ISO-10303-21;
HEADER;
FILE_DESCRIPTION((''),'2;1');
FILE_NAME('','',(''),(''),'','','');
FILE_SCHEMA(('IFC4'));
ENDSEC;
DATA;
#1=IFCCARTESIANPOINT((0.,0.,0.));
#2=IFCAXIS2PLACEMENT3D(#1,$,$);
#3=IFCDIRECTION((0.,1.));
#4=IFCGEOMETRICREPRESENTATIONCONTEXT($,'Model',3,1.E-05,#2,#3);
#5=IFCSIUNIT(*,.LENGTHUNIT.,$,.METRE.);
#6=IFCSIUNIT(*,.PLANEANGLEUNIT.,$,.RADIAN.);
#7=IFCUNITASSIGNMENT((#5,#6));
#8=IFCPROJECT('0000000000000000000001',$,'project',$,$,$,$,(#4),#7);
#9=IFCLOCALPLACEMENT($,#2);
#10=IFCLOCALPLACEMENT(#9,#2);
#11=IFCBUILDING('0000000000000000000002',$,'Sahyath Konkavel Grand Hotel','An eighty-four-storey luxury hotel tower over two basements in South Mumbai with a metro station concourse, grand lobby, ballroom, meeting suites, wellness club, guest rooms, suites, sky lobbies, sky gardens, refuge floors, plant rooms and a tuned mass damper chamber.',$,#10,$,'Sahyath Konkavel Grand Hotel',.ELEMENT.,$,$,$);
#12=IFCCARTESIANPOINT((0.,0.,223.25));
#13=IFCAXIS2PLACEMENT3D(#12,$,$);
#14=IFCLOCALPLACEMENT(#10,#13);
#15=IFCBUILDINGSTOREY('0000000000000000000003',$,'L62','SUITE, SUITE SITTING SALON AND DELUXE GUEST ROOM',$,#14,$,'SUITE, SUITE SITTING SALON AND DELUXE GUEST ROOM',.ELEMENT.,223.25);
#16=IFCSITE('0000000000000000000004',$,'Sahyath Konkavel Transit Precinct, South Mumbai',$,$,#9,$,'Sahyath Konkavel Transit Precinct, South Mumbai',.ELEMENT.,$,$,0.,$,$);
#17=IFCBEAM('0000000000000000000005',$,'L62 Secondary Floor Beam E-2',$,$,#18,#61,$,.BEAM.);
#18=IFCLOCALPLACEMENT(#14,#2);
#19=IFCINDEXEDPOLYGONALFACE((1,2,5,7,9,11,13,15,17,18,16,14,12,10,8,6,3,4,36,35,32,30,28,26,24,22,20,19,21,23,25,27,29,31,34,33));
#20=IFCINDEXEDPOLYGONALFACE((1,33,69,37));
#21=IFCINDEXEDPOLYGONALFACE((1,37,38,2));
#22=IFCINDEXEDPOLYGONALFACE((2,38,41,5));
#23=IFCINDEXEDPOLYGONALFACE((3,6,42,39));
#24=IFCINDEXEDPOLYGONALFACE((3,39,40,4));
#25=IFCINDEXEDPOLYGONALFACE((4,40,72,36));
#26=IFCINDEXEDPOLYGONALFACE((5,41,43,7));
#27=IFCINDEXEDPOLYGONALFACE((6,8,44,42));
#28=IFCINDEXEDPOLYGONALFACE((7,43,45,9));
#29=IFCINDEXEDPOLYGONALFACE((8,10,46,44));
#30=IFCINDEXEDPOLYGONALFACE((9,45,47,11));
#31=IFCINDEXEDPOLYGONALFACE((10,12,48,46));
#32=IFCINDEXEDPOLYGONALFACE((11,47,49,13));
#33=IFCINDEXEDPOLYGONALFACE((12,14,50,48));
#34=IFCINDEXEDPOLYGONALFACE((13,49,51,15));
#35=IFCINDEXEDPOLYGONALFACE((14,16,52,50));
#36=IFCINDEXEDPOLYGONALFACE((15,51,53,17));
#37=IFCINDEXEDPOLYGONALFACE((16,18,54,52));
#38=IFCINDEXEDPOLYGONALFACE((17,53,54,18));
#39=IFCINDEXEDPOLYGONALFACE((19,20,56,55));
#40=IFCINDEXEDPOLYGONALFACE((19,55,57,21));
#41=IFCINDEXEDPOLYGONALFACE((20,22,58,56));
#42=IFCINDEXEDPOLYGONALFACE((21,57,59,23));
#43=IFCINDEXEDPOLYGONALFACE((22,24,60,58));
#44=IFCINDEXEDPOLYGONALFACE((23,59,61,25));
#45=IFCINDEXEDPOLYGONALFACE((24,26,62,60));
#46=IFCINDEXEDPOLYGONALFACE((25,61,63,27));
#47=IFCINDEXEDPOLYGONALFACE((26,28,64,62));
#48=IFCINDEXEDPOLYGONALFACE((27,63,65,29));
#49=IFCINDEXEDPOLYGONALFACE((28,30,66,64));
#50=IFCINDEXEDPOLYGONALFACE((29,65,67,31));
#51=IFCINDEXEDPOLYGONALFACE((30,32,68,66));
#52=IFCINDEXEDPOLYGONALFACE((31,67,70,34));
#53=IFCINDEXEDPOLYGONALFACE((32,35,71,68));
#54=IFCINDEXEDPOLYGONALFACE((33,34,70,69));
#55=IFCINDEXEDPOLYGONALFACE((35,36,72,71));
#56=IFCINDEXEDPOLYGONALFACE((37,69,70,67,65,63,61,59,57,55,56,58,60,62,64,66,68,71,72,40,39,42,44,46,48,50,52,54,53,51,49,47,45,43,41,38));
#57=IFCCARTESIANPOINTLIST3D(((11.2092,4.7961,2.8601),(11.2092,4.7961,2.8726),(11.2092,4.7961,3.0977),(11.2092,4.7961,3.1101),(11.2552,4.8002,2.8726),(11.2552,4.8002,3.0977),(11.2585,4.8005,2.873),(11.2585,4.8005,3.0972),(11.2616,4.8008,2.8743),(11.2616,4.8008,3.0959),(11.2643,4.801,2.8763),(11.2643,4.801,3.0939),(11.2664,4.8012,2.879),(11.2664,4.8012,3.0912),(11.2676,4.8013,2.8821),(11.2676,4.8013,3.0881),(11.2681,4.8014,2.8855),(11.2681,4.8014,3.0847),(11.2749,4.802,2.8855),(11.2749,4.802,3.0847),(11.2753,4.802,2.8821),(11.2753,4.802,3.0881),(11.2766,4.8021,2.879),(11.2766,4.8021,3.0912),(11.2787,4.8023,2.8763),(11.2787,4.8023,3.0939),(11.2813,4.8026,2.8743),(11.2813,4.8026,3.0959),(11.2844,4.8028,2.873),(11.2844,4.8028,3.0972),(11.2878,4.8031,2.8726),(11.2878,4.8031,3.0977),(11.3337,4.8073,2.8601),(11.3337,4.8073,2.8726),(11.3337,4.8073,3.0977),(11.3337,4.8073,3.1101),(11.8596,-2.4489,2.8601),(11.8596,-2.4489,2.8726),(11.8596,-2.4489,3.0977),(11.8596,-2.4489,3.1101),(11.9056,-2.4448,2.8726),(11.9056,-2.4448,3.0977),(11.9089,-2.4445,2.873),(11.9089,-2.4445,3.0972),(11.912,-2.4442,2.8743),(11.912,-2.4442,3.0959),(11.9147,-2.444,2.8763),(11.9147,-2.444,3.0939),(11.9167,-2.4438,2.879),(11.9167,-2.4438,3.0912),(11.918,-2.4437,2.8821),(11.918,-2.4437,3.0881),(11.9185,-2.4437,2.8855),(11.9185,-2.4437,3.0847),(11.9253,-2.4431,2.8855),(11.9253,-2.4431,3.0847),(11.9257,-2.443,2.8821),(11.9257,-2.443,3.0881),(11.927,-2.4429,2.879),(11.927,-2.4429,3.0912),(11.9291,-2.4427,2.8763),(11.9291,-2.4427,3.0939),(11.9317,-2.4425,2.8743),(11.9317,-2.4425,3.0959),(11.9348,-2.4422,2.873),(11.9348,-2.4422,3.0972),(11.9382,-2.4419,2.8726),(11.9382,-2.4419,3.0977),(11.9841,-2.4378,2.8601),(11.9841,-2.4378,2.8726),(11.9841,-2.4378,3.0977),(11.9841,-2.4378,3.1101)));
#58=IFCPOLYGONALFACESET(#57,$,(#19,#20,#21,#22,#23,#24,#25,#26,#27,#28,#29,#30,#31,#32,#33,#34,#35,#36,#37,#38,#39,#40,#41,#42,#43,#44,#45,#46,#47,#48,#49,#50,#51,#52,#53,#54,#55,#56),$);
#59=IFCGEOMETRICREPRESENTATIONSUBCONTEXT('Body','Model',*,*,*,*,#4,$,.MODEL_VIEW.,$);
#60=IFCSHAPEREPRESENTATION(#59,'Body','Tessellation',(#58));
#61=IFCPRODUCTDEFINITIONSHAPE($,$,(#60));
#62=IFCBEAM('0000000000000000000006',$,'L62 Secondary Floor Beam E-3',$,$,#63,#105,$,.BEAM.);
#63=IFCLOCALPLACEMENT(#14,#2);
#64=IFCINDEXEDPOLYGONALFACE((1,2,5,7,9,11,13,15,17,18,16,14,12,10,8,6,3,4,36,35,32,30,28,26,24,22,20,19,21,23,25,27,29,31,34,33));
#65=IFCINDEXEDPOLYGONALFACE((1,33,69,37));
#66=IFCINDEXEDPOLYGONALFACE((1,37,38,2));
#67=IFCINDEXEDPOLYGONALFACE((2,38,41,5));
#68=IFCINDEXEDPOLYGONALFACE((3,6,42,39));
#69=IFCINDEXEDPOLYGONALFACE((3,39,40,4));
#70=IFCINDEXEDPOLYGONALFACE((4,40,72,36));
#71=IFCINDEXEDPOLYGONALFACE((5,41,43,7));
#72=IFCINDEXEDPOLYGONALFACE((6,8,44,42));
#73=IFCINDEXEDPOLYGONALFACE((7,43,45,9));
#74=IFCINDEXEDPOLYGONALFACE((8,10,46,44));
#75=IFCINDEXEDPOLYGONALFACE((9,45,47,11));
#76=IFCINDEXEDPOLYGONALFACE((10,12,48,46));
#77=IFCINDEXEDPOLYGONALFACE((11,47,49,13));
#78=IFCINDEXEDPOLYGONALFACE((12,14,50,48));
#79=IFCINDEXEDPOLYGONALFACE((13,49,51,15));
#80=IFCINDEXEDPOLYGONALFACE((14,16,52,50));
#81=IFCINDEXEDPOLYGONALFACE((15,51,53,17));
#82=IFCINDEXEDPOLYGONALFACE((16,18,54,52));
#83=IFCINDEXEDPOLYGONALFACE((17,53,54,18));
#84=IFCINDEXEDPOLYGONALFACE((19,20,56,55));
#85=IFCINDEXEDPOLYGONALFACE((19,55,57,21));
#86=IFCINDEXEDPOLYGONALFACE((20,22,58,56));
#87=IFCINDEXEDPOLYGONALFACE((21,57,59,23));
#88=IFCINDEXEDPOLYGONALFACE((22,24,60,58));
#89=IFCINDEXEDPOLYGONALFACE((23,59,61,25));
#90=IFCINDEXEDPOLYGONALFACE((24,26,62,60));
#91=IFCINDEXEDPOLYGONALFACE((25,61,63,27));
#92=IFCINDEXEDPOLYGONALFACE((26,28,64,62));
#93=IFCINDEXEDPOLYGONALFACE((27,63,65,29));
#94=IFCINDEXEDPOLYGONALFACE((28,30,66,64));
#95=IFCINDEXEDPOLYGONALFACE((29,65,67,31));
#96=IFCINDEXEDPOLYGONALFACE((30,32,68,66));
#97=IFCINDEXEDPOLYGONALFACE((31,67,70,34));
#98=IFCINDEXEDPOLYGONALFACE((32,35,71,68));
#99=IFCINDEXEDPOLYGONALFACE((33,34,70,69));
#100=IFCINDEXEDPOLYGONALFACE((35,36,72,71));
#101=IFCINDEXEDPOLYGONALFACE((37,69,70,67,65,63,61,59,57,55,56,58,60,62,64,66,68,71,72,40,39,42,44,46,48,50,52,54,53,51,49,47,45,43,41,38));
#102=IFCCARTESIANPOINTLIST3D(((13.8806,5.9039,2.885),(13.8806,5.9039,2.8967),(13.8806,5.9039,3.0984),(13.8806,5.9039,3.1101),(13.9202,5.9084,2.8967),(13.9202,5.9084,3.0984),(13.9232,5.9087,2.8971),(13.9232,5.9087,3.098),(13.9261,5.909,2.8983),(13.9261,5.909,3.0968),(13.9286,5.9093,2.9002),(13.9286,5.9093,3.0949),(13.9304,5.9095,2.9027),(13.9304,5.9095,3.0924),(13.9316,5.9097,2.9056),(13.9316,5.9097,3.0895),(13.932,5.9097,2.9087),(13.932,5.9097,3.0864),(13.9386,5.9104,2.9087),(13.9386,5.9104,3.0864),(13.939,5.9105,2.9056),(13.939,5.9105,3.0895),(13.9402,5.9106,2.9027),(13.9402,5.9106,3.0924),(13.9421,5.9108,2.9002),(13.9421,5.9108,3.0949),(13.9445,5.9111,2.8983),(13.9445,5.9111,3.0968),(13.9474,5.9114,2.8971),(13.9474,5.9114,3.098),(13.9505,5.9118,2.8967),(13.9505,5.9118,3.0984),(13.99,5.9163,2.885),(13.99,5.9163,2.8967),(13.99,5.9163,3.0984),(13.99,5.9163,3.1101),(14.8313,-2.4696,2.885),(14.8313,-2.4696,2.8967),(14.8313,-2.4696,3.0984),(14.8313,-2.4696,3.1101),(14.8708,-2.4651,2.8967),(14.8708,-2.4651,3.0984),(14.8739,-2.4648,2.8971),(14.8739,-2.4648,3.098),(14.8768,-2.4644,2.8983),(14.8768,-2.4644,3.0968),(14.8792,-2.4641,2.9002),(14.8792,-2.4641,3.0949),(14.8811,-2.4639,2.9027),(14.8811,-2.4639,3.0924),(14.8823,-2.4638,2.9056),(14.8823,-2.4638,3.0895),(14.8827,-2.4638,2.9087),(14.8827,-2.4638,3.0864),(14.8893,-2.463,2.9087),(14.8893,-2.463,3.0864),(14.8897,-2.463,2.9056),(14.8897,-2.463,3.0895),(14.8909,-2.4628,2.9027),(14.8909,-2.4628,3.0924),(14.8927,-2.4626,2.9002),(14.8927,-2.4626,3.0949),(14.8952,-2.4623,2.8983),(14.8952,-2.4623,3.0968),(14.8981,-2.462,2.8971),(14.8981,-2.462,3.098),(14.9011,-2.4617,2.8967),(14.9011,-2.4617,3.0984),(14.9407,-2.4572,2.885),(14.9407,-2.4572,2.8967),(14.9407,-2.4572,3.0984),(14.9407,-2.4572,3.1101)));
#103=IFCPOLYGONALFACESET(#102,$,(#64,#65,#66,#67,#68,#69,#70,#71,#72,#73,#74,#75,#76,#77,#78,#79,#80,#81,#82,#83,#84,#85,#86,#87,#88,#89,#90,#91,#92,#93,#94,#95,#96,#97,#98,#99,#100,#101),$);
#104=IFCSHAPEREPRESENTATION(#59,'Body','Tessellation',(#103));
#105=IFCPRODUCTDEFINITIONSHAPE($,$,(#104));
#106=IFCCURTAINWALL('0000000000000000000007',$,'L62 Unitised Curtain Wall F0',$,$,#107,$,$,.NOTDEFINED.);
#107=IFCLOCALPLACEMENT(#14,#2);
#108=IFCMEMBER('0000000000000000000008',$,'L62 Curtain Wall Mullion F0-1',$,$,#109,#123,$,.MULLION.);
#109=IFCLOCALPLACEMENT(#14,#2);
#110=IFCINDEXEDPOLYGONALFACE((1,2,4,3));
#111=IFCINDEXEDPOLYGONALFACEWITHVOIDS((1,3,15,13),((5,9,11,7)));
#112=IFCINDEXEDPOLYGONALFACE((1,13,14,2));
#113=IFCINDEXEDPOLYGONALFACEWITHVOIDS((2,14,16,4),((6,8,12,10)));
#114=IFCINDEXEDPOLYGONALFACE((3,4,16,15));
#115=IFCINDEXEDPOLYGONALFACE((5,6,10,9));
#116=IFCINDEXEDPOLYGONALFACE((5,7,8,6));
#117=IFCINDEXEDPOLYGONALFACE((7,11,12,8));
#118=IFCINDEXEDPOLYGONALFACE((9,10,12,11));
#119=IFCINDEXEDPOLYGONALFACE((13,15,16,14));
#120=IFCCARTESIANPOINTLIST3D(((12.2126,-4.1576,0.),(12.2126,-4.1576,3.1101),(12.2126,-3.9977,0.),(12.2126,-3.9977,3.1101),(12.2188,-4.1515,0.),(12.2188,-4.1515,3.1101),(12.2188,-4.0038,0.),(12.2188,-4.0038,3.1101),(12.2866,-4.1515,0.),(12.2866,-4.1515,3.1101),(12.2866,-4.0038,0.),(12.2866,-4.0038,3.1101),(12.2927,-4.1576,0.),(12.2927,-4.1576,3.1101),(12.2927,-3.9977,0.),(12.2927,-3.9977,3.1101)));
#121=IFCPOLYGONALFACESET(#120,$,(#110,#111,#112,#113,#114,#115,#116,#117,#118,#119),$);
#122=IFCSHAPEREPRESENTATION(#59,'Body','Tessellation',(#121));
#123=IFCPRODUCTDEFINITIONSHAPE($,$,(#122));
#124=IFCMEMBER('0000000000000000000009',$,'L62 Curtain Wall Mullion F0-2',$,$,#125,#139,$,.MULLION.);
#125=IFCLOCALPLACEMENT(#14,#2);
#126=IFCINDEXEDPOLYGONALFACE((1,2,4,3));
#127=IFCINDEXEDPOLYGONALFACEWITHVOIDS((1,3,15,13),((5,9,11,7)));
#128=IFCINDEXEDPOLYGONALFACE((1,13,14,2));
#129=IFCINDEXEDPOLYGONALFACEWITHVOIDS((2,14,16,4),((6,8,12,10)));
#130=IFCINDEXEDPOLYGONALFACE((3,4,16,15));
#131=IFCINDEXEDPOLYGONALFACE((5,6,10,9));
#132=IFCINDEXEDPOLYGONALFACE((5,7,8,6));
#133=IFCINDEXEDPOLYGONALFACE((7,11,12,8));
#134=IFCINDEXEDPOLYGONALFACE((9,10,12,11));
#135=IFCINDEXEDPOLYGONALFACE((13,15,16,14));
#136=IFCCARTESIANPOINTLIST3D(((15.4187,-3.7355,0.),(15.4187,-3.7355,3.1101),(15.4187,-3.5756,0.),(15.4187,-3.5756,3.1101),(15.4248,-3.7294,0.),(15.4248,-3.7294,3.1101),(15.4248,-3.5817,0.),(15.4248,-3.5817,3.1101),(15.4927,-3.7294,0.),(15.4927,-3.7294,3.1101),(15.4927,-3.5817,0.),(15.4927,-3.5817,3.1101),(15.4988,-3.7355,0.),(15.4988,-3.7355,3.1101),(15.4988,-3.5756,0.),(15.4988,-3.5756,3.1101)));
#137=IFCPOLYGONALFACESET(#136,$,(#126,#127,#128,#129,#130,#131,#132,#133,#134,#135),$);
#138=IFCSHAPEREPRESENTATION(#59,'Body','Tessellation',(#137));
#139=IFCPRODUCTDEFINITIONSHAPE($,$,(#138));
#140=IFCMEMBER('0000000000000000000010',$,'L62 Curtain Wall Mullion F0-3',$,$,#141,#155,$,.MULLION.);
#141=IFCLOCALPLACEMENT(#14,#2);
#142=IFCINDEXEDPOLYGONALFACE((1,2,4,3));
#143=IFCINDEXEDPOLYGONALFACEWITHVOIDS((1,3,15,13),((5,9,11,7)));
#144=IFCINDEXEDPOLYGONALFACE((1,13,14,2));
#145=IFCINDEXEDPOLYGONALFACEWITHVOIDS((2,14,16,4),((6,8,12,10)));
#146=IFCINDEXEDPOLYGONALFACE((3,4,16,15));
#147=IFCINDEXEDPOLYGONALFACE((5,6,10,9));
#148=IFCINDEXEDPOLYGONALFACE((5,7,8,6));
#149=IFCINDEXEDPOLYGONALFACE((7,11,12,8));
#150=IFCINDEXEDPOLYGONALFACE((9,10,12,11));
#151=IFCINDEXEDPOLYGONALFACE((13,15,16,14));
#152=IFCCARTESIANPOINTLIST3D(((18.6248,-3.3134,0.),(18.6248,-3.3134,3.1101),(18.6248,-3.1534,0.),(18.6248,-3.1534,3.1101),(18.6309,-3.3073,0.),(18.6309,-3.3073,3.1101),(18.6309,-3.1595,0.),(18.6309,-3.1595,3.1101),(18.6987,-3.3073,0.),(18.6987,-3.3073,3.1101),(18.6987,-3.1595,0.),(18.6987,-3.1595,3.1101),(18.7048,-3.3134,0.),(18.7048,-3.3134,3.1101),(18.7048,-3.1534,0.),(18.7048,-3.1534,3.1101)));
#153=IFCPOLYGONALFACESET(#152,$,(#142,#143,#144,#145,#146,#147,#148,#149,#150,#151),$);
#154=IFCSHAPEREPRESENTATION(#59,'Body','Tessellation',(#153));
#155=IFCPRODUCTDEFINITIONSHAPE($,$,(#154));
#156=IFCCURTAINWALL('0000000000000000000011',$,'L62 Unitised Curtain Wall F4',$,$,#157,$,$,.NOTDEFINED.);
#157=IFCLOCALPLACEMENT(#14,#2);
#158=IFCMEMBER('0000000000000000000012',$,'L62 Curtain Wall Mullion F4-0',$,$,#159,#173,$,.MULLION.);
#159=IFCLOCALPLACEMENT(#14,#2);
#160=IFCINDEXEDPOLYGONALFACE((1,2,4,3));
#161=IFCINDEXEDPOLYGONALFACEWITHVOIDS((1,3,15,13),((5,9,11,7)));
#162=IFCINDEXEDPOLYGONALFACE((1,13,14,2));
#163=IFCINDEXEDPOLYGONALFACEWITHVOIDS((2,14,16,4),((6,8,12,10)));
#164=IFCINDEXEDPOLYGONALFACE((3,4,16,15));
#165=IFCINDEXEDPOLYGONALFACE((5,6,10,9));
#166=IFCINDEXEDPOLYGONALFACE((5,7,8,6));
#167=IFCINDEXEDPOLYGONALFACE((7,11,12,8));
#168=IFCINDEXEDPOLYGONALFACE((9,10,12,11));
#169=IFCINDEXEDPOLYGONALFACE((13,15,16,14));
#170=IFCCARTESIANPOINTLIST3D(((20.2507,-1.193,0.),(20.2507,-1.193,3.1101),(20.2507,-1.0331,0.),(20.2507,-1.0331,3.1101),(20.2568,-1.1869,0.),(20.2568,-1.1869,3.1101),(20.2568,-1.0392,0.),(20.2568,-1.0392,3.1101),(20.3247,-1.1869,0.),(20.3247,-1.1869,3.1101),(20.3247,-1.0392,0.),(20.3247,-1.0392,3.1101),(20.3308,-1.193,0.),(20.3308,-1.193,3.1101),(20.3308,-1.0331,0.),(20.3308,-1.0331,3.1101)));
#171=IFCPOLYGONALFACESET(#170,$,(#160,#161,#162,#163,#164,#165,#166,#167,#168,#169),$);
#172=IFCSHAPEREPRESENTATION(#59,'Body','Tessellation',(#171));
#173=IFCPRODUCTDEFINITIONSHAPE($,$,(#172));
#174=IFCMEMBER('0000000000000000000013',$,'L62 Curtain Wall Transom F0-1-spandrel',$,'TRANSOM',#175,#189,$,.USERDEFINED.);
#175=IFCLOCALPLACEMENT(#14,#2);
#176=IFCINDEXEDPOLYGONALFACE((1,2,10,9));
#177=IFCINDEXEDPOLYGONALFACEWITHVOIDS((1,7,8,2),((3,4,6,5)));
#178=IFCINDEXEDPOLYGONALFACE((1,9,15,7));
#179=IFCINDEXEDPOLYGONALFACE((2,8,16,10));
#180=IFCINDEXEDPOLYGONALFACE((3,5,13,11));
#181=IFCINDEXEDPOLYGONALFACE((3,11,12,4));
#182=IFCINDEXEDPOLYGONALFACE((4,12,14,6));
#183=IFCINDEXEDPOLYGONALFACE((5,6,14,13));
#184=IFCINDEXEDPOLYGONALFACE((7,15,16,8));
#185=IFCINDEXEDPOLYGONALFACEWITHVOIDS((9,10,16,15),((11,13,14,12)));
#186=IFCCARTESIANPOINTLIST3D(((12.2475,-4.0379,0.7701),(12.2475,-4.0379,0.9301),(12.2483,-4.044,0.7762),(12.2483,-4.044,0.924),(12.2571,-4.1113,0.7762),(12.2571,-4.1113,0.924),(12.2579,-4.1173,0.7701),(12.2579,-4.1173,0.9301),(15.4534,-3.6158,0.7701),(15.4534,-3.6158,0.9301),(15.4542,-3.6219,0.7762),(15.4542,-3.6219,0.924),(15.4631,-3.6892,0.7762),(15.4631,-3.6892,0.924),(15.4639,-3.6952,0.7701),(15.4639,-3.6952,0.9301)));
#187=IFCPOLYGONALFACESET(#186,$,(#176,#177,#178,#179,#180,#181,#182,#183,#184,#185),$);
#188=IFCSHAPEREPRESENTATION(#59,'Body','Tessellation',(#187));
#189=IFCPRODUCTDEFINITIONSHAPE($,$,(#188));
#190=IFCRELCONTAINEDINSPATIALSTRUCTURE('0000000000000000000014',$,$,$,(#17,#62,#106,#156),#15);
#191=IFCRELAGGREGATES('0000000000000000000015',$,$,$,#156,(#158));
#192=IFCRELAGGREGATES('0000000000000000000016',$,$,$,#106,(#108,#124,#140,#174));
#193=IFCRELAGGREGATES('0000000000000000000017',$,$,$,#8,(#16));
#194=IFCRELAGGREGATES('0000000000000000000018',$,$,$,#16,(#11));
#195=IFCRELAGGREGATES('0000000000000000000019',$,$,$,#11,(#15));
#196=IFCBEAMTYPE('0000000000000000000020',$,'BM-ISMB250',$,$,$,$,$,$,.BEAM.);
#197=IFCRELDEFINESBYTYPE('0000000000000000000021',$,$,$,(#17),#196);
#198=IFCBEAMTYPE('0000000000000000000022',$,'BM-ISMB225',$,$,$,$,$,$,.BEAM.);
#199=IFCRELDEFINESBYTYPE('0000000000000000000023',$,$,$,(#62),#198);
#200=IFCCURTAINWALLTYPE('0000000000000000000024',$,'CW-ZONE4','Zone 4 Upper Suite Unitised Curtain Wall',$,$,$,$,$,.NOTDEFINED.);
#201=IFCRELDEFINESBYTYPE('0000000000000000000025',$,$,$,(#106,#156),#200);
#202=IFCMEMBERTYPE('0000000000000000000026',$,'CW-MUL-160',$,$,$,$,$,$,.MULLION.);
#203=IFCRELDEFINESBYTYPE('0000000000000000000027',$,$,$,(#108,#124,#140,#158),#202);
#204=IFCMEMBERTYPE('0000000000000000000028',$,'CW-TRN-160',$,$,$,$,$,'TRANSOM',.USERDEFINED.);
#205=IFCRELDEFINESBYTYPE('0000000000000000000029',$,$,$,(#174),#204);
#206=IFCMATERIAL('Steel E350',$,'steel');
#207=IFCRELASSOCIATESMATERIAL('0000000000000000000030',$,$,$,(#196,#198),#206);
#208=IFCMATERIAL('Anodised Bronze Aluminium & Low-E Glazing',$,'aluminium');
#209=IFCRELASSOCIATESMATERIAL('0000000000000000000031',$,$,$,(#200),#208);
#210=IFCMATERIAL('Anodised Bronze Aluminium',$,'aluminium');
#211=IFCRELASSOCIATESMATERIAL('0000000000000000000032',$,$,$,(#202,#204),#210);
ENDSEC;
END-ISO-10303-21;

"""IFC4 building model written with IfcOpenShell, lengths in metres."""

from ifc_helpers import new_model, si_unit, direction, frame, origin, origin_2d, place, context, subcontext, project, spatial, hollow_rectangle, i_section, extrude, source, transform, mapped, material, material_profile, profile_set, type_object, element, aggregate, save


model = new_model("IFC4")

# Units and contexts
model_context = context("Model", 3, precision=1e-05, world=origin(), true_north=direction((0.0, 1.0)))
body_context = subcontext(model_context, "Body", "Model", "MODEL_VIEW")
ifc_project = project(units=[si_unit("LENGTHUNIT", "METRE"), si_unit("PLANEANGLEUNIT", "RADIAN")], contexts=[model_context])

# Site, building, storey
site_placement = place(None, origin())
site = spatial("IfcSite", under=ifc_project, at=site_placement, Name="Sahyath Konkavel Transit Precinct, South Mumbai", LongName="Sahyath Konkavel Transit Precinct, South Mumbai", CompositionType="ELEMENT", RefElevation=0.0)
building_placement = place(site_placement, origin())
building = spatial("IfcBuilding", under=site, at=building_placement, Name="Sahyath Konkavel Grand Hotel", Description="An eighty-four-storey luxury hotel tower over two basements in South Mumbai with a metro station concourse, grand lobby, ballroom, meeting suites, wellness club, guest rooms, suites, sky lobbies, sky gardens, refuge floors, plant rooms and a tuned mass damper chamber.", LongName="Sahyath Konkavel Grand Hotel", CompositionType="ELEMENT")
storey_placement = place(building_placement, frame((0.0, 0.0, 223.25)))
storey = spatial("IfcBuildingStorey", under=building, at=storey_placement, Name="L62", Description="SUITE, SUITE SITTING SALON AND DELUXE GUEST ROOM", LongName="SUITE, SUITE SITTING SALON AND DELUXE GUEST ROOM", CompositionType="ELEMENT", Elevation=223.25)

# Beams
ifc_material_1 = material(Name="Steel E350", Category="steel")
ifc_material_profile_1 = material_profile(ifc_material_1, i_section(OverallWidth=0.125, OverallDepth=0.25, WebThickness=0.0068, FlangeThickness=0.0125, FilletRadius=0.0129, at=origin_2d()), Name="ISMB 250")
ifc_profile_set_1 = profile_set([ifc_material_profile_1], Name="Steel E350")
beam_type_1 = type_object("IfcBeamType", Name="BM-ISMB250", PredefinedType="BEAM", material=ifc_profile_set_1)
shared_shape_1 = source(origin(), body_context, "Body", "SweptSolid", [
    extrude(i_section(OverallWidth=0.125, OverallDepth=0.25, WebThickness=0.0068, FlangeThickness=0.0125, FilletRadius=0.0129, at=origin_2d()), origin(), (0.0, 0.0, 1.0), 7.2742),
])
beam_1_placement = place(storey_placement, frame((11.9219, -2.4434, 2.9851), z_axis=(-0.08941, 0.995995, 0.0), x_axis=(-0.995995, -0.08941, 0.0)))
element("IfcBeam", 1, at=beam_1_placement, inside=storey, type_object=beam_type_1, Name="L62 Secondary Floor Beam E-2", PredefinedType="BEAM", context=body_context, shape_type="MappedRepresentation", body=[
    mapped(shared_shape_1, transform((0.0, 0.0, 0.0), scale=1.0)),
])
ifc_material_profile_2 = material_profile(ifc_material_1, i_section(OverallWidth=0.1101, OverallDepth=0.2251, WebThickness=0.0066, FlangeThickness=0.0117, FilletRadius=0.012, at=origin_2d()), Name="ISMB 225")
ifc_profile_set_2 = profile_set([ifc_material_profile_2], Name="Steel E350")
beam_type_2 = type_object("IfcBeamType", Name="BM-ISMB225", PredefinedType="BEAM", material=ifc_profile_set_2)
shared_shape_2 = source(origin(), body_context, "Body", "SweptSolid", [
    extrude(i_section(OverallWidth=0.1101, OverallDepth=0.2251, WebThickness=0.0066, FlangeThickness=0.0117, FilletRadius=0.012, at=origin_2d()), origin(), (0.0, 0.0, 1.0), 8.4272),
])
beam_2_placement = place(storey_placement, frame((14.886, -2.4634, 2.9976), z_axis=(-0.11281, 0.993617, 0.0), x_axis=(-0.993617, -0.11281, 0.0)))
element("IfcBeam", 2, at=beam_2_placement, inside=storey, type_object=beam_type_2, Name="L62 Secondary Floor Beam E-3", PredefinedType="BEAM", context=body_context, shape_type="MappedRepresentation", body=[
    mapped(shared_shape_2, transform((0.0, 0.0, 0.0), scale=1.0)),
])

# Curtain wall, members
ifc_material_2 = material(Name="Anodised Bronze Aluminium & Low-E Glazing", Category="aluminium")
curtain_wall_type = type_object("IfcCurtainWallType", Name="CW-ZONE4", Description="Zone 4 Upper Suite Unitised Curtain Wall", PredefinedType="NOTDEFINED", material=ifc_material_2)
curtain_wall_1_placement = place(storey_placement, origin())
curtain_wall_1 = element("IfcCurtainWall", 3, at=curtain_wall_1_placement, inside=storey, type_object=curtain_wall_type, Name="L62 Unitised Curtain Wall F0", PredefinedType="NOTDEFINED")
ifc_material_3 = material(Name="Anodised Bronze Aluminium", Category="aluminium")
ifc_material_profile_3 = material_profile(ifc_material_3, hollow_rectangle(XDim=0.0801, YDim=0.1599, WallThickness=0.0061, at=origin_2d()), Name="RHS 160x80x6")
ifc_profile_set_3 = profile_set([ifc_material_profile_3], Name="Anodised Bronze Aluminium")
member_type_1 = type_object("IfcMemberType", Name="CW-MUL-160", PredefinedType="MULLION", material=ifc_profile_set_3)
shared_shape_3 = source(origin(), body_context, "Body", "SweptSolid", [
    extrude(hollow_rectangle(XDim=0.0801, YDim=0.1599, WallThickness=0.0061, at=origin_2d()), origin(), (0.0, 0.0, 1.0), 3.1101),
])
member_1_placement = place(storey_placement, frame((12.2527, -4.0776, 0.0), z_axis=(0.0, 0.0, 1.0), x_axis=(1.0, 0.0, 0.0)))
member_1 = element("IfcMember", 4, at=member_1_placement, type_object=member_type_1, Name="L62 Curtain Wall Mullion F0-1", PredefinedType="MULLION", context=body_context, shape_type="MappedRepresentation", body=[
    mapped(shared_shape_3, transform((0.0, 0.0, 0.0), scale=1.0)),
])
member_2_placement = place(storey_placement, frame((15.4587, -3.6555, 0.0), z_axis=(0.0, 0.0, 1.0), x_axis=(1.0, 0.0, 0.0)))
member_2 = element("IfcMember", 5, at=member_2_placement, type_object=member_type_1, Name="L62 Curtain Wall Mullion F0-2", PredefinedType="MULLION", context=body_context, shape_type="MappedRepresentation", body=[
    mapped(shared_shape_3, transform((0.0, 0.0, 0.0), scale=1.0)),
])
member_3_placement = place(storey_placement, frame((18.6648, -3.2334, 0.0), z_axis=(0.0, 0.0, 1.0), x_axis=(1.0, 0.0, 0.0)))
member_3 = element("IfcMember", 6, at=member_3_placement, type_object=member_type_1, Name="L62 Curtain Wall Mullion F0-3", PredefinedType="MULLION", context=body_context, shape_type="MappedRepresentation", body=[
    mapped(shared_shape_3, transform((0.0, 0.0, 0.0), scale=1.0)),
])

# Curtain wall, member
curtain_wall_2_placement = place(storey_placement, origin())
curtain_wall_2 = element("IfcCurtainWall", 7, at=curtain_wall_2_placement, inside=storey, type_object=curtain_wall_type, Name="L62 Unitised Curtain Wall F4", PredefinedType="NOTDEFINED")
member_4_placement = place(storey_placement, frame((20.2908, -1.113, 0.0), z_axis=(0.0, 0.0, 1.0), x_axis=(1.0, 0.0, 0.0)))
member_4 = element("IfcMember", 8, at=member_4_placement, type_object=member_type_1, Name="L62 Curtain Wall Mullion F4-0", PredefinedType="MULLION", context=body_context, shape_type="MappedRepresentation", body=[
    mapped(shared_shape_3, transform((0.0, 0.0, 0.0), scale=1.0)),
])

# Member
ifc_material_profile_4 = material_profile(ifc_material_3, hollow_rectangle(XDim=0.0801, YDim=0.1599, WallThickness=0.0061, at=origin_2d()), Name="RHS 160x80x6")
ifc_profile_set_4 = profile_set([ifc_material_profile_4], Name="Anodised Bronze Aluminium")
member_type_2 = type_object("IfcMemberType", Name="CW-TRN-160", ElementType="TRANSOM", PredefinedType="USERDEFINED", material=ifc_profile_set_4)
shared_shape_4 = source(origin(), body_context, "Body", "SweptSolid", [
    extrude(hollow_rectangle(XDim=0.0801, YDim=0.1599, WallThickness=0.0061, at=origin_2d()), origin(), (0.0, 0.0, 1.0), 3.2336),
])
member_5_placement = place(storey_placement, frame((12.2527, -4.0776, 0.8501), z_axis=(0.991443, 0.130537, 0.0), x_axis=(-0.130537, 0.991443, 0.0)))
member_5 = element("IfcMember", 9, at=member_5_placement, type_object=member_type_2, Name="L62 Curtain Wall Transom F0-1-spandrel", ObjectType="TRANSOM", PredefinedType="USERDEFINED", context=body_context, shape_type="MappedRepresentation", body=[
    mapped(shared_shape_4, transform((0.0, 0.0, 0.0), scale=1.0)),
])
aggregate(curtain_wall_2, [member_4])

aggregate(curtain_wall_1, [member_1, member_2, member_3, member_5])

save(model, "model.ifc")
